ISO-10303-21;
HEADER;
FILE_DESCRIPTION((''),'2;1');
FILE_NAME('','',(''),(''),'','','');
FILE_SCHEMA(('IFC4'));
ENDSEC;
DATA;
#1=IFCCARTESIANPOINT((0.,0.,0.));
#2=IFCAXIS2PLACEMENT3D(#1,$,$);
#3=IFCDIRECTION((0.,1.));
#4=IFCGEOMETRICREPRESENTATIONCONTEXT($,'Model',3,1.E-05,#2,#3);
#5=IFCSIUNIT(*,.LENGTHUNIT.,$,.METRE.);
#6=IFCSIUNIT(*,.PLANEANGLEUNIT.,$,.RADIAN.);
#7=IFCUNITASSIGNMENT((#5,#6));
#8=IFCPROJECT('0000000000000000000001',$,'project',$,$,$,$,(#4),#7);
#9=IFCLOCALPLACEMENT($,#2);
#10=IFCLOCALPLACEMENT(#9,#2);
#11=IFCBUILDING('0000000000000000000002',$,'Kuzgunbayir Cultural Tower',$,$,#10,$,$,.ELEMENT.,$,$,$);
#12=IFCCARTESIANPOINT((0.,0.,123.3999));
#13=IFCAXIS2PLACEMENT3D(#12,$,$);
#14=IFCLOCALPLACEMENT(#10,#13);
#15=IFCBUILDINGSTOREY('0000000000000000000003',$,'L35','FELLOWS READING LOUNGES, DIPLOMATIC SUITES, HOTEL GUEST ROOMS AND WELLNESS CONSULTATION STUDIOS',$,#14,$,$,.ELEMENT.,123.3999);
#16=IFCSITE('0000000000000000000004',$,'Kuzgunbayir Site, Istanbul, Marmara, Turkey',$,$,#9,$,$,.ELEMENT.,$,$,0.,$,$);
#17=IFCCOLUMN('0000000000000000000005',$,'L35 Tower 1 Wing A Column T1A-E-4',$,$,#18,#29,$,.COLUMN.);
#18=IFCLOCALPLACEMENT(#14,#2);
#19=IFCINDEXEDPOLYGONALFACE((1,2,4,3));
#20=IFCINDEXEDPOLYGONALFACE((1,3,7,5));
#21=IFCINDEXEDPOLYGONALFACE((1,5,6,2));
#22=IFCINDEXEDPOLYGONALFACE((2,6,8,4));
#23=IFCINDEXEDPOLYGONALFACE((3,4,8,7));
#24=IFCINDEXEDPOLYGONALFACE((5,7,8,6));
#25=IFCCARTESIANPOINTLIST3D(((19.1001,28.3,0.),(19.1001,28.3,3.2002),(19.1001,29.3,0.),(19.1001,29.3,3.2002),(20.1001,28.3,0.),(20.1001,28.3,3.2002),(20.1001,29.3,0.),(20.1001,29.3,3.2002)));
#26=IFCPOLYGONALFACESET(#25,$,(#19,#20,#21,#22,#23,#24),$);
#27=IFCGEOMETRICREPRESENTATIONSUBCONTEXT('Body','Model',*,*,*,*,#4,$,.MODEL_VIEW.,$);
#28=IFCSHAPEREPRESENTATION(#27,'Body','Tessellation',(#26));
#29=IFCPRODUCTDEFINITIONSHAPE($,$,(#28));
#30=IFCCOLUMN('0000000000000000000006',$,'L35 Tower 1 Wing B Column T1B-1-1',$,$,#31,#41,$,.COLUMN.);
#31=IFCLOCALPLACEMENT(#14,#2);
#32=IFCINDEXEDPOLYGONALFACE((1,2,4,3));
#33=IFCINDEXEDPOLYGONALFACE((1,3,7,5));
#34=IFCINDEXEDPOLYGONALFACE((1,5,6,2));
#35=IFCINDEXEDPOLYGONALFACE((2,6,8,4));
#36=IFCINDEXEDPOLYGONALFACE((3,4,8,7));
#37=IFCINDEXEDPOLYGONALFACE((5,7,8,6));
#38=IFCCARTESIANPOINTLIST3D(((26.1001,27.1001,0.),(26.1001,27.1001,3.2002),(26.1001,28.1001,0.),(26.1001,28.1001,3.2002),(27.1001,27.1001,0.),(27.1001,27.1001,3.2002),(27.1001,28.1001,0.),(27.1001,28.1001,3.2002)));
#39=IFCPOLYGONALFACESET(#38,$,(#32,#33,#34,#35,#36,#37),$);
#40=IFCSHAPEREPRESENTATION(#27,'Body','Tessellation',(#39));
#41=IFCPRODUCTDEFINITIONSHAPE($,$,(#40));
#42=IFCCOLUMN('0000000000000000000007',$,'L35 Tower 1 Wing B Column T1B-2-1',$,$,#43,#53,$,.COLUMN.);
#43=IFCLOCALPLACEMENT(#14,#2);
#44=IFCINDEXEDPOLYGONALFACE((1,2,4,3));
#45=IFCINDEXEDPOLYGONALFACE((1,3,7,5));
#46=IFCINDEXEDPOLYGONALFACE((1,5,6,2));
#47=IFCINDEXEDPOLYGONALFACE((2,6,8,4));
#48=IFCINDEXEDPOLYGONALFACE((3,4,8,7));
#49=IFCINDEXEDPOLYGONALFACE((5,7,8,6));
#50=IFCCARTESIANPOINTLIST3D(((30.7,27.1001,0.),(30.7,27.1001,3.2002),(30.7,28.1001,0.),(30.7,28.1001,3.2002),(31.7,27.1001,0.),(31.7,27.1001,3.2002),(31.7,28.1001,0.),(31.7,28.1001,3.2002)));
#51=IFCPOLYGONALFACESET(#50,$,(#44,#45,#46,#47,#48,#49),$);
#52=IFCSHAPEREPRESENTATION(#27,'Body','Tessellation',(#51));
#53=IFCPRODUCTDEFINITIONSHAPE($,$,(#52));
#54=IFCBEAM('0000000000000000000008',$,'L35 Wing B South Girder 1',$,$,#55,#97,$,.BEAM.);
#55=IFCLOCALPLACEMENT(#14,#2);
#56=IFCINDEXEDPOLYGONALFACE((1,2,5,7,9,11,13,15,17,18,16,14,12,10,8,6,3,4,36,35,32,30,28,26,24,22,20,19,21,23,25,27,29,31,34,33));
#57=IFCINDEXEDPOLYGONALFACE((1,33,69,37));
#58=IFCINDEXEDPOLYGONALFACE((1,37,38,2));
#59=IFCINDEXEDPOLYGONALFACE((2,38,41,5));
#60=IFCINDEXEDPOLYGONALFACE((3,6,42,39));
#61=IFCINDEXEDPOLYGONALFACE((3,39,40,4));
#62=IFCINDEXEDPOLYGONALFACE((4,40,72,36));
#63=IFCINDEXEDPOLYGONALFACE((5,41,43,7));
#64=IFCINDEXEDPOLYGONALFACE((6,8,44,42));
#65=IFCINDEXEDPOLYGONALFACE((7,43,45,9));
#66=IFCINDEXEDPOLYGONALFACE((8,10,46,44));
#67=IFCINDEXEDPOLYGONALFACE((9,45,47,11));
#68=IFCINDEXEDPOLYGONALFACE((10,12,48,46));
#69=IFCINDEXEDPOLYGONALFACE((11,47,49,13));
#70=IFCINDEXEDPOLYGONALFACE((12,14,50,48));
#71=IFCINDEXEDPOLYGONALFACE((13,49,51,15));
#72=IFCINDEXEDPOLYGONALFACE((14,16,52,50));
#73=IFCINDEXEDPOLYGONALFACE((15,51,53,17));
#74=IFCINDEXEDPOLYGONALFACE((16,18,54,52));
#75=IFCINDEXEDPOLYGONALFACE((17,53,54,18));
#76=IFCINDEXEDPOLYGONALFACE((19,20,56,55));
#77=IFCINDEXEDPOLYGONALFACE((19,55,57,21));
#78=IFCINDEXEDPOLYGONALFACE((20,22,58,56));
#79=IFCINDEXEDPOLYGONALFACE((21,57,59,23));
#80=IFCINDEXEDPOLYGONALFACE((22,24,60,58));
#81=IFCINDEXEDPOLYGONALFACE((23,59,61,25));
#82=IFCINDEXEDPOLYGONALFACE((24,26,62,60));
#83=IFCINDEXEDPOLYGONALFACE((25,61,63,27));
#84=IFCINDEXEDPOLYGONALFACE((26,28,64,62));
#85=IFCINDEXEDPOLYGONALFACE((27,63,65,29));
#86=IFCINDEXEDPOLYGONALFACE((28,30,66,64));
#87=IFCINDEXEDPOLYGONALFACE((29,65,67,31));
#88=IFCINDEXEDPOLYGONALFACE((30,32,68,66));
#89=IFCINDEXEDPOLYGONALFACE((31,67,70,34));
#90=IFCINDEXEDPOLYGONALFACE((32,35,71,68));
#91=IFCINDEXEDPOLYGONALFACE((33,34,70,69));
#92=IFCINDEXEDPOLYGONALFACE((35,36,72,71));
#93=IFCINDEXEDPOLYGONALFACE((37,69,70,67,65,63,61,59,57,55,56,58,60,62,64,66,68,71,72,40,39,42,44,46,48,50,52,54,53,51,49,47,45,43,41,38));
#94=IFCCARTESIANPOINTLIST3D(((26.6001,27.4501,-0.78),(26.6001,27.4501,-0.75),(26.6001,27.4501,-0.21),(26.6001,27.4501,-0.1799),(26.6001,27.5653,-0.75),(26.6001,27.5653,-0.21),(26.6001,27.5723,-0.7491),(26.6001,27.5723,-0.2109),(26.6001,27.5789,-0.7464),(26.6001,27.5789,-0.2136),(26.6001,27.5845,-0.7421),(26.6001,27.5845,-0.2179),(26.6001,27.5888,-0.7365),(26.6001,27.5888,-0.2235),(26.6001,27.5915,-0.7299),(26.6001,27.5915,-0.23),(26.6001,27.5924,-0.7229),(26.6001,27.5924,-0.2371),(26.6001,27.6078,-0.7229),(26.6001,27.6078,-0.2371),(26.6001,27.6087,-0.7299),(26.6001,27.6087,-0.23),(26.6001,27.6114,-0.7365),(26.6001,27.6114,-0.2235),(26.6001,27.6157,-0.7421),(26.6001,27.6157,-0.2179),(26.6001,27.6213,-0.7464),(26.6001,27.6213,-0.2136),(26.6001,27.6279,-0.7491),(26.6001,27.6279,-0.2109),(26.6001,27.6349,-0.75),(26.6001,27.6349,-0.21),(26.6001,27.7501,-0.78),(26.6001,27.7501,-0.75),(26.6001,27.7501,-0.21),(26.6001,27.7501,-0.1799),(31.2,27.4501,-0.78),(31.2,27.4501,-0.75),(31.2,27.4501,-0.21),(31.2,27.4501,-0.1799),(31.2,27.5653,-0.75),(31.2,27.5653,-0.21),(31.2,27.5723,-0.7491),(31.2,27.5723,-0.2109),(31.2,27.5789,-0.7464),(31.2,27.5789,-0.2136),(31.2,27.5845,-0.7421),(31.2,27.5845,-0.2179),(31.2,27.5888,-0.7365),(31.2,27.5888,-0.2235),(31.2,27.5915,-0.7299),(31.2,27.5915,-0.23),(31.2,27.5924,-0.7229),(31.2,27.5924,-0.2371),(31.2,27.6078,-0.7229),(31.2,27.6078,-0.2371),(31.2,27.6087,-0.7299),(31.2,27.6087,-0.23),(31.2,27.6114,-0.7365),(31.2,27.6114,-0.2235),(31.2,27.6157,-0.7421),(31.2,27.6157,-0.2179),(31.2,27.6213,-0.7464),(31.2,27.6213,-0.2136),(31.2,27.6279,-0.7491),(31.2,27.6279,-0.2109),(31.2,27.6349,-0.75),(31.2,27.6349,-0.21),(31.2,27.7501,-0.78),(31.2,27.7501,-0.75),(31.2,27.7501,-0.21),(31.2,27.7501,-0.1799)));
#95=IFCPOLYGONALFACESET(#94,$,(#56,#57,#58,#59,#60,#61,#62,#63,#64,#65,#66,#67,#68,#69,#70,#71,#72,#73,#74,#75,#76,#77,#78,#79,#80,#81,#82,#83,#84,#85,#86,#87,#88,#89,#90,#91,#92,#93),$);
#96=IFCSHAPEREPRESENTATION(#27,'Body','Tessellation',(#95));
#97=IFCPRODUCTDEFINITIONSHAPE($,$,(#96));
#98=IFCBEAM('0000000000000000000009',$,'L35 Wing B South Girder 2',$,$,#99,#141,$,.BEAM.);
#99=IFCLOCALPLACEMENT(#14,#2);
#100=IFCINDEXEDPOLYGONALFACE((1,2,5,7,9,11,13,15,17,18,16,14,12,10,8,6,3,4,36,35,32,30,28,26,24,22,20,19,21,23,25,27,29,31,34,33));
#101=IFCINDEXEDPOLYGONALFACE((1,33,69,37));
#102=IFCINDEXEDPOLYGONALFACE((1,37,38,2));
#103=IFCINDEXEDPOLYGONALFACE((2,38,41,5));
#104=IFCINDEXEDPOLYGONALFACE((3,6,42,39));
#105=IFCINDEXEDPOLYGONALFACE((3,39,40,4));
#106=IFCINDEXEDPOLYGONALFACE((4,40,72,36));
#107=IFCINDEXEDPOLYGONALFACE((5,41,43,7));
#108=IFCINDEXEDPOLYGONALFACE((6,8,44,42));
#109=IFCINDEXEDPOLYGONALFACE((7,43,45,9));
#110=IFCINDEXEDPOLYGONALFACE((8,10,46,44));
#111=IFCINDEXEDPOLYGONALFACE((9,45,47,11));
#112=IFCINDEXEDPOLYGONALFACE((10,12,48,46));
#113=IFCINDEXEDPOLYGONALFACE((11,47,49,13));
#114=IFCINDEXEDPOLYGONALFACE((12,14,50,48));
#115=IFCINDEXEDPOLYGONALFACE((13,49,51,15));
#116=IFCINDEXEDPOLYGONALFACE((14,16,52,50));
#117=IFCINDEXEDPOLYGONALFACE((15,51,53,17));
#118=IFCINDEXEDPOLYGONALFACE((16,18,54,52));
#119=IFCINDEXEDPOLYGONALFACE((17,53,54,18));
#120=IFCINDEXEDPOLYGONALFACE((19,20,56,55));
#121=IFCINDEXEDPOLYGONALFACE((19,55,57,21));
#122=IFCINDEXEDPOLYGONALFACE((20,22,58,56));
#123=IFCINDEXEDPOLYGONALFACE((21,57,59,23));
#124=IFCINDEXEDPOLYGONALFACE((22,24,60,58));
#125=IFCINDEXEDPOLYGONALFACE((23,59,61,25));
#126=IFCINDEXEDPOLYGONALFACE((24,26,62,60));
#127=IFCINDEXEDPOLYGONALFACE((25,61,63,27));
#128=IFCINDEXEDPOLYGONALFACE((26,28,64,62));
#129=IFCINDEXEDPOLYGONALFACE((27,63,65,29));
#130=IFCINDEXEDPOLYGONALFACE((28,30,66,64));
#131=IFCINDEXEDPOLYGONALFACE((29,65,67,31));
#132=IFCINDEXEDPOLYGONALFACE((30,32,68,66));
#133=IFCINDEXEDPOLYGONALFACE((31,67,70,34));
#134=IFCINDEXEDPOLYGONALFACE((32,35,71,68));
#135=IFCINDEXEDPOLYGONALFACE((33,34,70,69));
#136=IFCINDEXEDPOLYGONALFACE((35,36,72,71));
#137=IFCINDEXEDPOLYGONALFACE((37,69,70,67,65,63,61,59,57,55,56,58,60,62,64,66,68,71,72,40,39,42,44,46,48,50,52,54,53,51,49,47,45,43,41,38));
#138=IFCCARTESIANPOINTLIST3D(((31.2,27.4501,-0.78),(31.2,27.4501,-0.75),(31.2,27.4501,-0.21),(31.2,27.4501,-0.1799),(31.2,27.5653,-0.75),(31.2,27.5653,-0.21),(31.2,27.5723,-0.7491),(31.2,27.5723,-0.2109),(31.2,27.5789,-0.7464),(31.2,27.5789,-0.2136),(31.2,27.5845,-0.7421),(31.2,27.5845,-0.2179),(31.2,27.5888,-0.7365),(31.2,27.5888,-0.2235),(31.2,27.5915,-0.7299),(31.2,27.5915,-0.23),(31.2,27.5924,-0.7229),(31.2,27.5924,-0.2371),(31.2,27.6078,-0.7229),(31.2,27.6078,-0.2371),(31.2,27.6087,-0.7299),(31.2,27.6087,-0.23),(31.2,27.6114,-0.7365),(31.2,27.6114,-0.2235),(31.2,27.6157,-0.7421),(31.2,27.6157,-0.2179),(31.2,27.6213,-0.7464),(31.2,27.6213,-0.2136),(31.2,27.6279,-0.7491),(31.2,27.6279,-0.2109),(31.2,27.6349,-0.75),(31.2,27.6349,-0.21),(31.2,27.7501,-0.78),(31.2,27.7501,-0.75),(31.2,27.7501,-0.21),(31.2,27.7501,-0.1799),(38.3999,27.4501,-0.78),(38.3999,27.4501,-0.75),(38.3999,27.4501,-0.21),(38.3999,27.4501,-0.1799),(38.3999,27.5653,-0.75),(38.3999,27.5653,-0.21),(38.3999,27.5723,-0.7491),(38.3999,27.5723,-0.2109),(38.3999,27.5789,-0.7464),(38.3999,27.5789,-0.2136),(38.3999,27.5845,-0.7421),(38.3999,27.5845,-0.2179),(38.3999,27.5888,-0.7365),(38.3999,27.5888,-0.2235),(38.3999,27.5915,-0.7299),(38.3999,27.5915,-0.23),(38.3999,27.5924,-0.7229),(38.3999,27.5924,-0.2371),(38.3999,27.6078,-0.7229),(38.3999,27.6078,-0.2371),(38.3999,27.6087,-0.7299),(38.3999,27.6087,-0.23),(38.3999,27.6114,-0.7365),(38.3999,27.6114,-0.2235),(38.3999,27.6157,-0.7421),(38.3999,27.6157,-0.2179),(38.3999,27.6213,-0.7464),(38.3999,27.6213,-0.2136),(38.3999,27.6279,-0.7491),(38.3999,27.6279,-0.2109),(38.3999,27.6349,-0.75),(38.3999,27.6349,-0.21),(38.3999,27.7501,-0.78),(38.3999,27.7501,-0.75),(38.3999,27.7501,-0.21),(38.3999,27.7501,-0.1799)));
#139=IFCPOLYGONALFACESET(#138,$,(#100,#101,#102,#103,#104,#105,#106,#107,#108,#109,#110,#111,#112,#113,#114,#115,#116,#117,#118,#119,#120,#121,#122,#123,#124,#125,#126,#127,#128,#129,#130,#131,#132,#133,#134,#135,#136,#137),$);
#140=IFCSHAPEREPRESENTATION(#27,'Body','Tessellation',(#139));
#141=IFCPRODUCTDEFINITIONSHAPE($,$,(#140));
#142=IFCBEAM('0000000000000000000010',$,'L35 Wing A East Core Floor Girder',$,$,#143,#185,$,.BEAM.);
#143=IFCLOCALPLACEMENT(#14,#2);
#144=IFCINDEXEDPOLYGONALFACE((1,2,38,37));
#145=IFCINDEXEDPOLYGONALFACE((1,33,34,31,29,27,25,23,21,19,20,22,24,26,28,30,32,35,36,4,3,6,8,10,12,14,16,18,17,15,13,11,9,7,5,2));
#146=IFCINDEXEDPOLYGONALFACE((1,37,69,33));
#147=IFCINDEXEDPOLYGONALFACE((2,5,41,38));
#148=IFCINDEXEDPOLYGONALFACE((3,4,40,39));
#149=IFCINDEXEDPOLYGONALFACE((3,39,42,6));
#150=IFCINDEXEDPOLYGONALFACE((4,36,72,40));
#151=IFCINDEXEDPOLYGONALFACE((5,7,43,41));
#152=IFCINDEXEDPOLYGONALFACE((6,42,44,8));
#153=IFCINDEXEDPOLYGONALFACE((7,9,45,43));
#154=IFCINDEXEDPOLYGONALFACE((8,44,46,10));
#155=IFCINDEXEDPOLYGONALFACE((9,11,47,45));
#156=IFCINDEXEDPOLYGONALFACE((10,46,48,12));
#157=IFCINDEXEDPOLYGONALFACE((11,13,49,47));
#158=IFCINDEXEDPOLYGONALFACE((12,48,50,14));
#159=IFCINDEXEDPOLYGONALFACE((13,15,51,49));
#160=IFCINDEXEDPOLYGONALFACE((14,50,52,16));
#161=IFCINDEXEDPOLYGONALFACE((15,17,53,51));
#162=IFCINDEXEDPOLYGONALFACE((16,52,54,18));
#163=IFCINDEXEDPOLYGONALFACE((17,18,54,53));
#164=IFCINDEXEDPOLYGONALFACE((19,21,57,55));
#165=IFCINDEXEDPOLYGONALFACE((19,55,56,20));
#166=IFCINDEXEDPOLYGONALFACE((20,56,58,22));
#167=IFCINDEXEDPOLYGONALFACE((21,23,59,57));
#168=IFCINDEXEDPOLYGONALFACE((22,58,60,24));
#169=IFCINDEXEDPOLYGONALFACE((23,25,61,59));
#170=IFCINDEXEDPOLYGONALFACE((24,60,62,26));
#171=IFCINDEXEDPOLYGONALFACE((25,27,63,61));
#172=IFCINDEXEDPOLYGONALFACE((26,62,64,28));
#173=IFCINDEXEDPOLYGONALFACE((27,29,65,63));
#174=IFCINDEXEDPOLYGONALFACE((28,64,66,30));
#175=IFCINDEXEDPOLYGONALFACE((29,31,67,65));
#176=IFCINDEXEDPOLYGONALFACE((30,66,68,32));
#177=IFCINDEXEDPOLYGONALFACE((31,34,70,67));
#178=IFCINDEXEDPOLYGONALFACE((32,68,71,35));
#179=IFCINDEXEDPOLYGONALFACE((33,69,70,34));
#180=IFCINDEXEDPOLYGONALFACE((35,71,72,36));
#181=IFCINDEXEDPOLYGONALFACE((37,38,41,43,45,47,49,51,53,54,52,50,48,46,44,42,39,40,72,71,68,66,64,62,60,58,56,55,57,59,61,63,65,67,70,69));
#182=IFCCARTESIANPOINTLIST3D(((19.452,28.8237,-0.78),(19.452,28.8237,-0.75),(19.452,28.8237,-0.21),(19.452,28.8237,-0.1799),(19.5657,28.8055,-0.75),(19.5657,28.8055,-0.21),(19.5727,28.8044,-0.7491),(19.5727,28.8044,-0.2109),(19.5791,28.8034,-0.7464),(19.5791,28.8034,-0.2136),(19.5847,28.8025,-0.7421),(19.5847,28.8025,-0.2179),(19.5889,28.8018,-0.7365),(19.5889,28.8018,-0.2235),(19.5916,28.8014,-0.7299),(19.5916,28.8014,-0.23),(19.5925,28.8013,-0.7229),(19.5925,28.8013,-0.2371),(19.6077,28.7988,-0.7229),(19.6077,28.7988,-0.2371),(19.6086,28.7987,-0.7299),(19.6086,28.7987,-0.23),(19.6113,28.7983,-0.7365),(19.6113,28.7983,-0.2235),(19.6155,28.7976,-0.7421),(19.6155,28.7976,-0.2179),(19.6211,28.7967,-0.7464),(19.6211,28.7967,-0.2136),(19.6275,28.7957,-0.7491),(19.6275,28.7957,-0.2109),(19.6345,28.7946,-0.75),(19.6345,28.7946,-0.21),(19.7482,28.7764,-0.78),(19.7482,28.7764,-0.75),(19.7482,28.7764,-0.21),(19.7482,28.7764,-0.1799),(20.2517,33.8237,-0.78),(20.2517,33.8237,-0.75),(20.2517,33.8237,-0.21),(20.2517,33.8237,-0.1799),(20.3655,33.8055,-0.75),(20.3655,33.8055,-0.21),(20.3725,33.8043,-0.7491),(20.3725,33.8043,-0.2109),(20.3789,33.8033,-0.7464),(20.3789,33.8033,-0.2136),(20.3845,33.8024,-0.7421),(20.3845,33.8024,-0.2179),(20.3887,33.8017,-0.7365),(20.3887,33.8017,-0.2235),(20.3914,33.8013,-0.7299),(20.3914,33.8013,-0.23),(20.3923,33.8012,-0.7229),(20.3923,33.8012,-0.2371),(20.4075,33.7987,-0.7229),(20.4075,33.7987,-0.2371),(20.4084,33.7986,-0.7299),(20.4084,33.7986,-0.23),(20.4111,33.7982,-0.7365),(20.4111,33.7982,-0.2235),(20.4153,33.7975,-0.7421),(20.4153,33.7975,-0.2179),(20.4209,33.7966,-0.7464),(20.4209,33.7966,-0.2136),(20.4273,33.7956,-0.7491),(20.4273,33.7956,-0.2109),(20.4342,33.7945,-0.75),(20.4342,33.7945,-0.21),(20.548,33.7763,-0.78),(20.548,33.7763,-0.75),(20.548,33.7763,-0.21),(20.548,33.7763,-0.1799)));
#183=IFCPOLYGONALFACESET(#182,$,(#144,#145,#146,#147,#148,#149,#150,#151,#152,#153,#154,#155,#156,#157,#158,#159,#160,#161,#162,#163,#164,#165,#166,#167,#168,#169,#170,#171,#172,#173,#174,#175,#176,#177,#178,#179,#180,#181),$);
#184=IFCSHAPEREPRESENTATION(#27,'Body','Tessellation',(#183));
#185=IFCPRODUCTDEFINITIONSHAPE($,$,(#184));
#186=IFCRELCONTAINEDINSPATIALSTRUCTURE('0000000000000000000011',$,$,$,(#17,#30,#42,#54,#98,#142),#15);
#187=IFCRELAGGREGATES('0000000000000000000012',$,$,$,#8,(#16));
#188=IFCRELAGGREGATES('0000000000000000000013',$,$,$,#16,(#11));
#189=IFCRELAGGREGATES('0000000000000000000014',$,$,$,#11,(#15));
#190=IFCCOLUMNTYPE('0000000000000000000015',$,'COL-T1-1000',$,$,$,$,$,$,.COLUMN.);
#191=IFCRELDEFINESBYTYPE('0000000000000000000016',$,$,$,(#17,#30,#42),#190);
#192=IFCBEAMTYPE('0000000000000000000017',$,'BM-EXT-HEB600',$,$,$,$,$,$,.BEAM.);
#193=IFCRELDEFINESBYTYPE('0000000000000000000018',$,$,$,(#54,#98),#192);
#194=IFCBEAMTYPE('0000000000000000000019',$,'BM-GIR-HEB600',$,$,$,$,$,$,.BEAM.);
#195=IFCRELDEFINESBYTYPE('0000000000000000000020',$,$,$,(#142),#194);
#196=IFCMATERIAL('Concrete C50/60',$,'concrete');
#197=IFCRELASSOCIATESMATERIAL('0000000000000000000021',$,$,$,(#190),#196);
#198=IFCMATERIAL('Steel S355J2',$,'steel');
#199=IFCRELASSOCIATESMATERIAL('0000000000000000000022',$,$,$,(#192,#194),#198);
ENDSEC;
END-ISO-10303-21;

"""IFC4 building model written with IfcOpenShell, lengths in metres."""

from ifc_helpers import new_model, si_unit, direction, frame, origin, origin_2d, place, context, subcontext, project, spatial, rectangle, i_section, extrude, material, material_profile, profile_set, type_object, element, save


model = new_model("IFC4")

# Units and contexts
model_context = context("Model", 3, precision=1e-05, world=origin(), true_north=direction((0.0, 1.0)))
body_context = subcontext(model_context, "Body", "Model", "MODEL_VIEW")
ifc_project = project(units=[si_unit("LENGTHUNIT", "METRE"), si_unit("PLANEANGLEUNIT", "RADIAN")], contexts=[model_context])

# Site, building, storey
site_placement = place(None, origin())
site = spatial("IfcSite", under=ifc_project, at=site_placement, Name="Kuzgunbayir Site, Istanbul, Marmara, Turkey", CompositionType="ELEMENT", RefElevation=0.0)
building_placement = place(site_placement, origin())
building = spatial("IfcBuilding", under=site, at=building_placement, Name="Kuzgunbayir Cultural Tower", CompositionType="ELEMENT")
storey_placement = place(building_placement, frame((0.0, 0.0, 123.3999)))
storey = spatial("IfcBuildingStorey", under=building, at=storey_placement, Name="L35", Description="FELLOWS READING LOUNGES, DIPLOMATIC SUITES, HOTEL GUEST ROOMS AND WELLNESS CONSULTATION STUDIOS", CompositionType="ELEMENT", Elevation=123.3999)

# Columns
ifc_material_1 = material(Name="Concrete C50/60", Category="concrete")
ifc_material_profile_1 = material_profile(ifc_material_1, rectangle(XDim=1.0, YDim=1.0, at=origin_2d()), Name="RC 1000x1000")
ifc_profile_set_1 = profile_set([ifc_material_profile_1], Name="Concrete C50/60")
column_type = type_object("IfcColumnType", Name="COL-T1-1000", PredefinedType="COLUMN", material=ifc_profile_set_1)
for number, where, z_axis, x_axis, name in (
    (1, (19.6001, 28.8, 0.0), (0.0, 0.0, 1.0), (1.0, 0.0, 0.0), "L35 Tower 1 Wing A Column T1A-E-4"),
    (2, (26.6001, 27.6001, 0.0), (0.0, 0.0, 1.0), (1.0, 0.0, 0.0), "L35 Tower 1 Wing B Column T1B-1-1"),
    (3, (31.2, 27.6001, 0.0), (0.0, 0.0, 1.0), (1.0, 0.0, 0.0), "L35 Tower 1 Wing B Column T1B-2-1"),
):
    element("IfcColumn", number, at=place(storey_placement, frame(where, z_axis=z_axis, x_axis=x_axis)), inside=storey, type_object=column_type, Name=name, PredefinedType="COLUMN", context=body_context, shape_type="SweptSolid", body=[
        extrude(rectangle(XDim=1.0, YDim=1.0, at=origin_2d()), origin(), (0.0, 0.0, 1.0), 3.2002),
    ])

# Beams
ifc_material_2 = material(Name="Steel S355J2", Category="steel")
ifc_material_profile_2 = material_profile(ifc_material_2, i_section(OverallWidth=0.3, OverallDepth=0.6001, WebThickness=0.0154, FlangeThickness=0.03, FilletRadius=0.0271, at=origin_2d()), Name="HEB 600")
ifc_profile_set_2 = profile_set([ifc_material_profile_2], Name="Steel S355J2")
beam_type_1 = type_object("IfcBeamType", Name="BM-EXT-HEB600", PredefinedType="BEAM", material=ifc_profile_set_2)
beam_1_placement = place(storey_placement, frame((26.6001, 27.6001, -0.48), z_axis=(1.0, 0.0, 0.0), x_axis=(0.0, 1.0, 0.0)))
element("IfcBeam", 4, at=beam_1_placement, inside=storey, type_object=beam_type_1, Name="L35 Wing B South Girder 1", PredefinedType="BEAM", context=body_context, shape_type="SweptSolid", body=[
    extrude(i_section(OverallWidth=0.3, OverallDepth=0.6001, WebThickness=0.0154, FlangeThickness=0.03, FilletRadius=0.0271, at=origin_2d()), origin(), (0.0, 0.0, 1.0), 4.5999),
])
beam_2_placement = place(storey_placement, frame((31.2, 27.6001, -0.48), z_axis=(1.0, 0.0, 0.0), x_axis=(0.0, 1.0, 0.0)))
element("IfcBeam", 5, at=beam_2_placement, inside=storey, type_object=beam_type_1, Name="L35 Wing B South Girder 2", PredefinedType="BEAM", context=body_context, shape_type="SweptSolid", body=[
    extrude(i_section(OverallWidth=0.3, OverallDepth=0.6001, WebThickness=0.0154, FlangeThickness=0.03, FilletRadius=0.0271, at=origin_2d()), origin(), (0.0, 0.0, 1.0), 7.2),
])
ifc_material_profile_3 = material_profile(ifc_material_2, i_section(OverallWidth=0.3, OverallDepth=0.6001, WebThickness=0.0154, FlangeThickness=0.03, FilletRadius=0.0271, at=origin_2d()), Name="HEB 600")
ifc_profile_set_3 = profile_set([ifc_material_profile_3], Name="Steel S355J2")
beam_type_2 = type_object("IfcBeamType", Name="BM-GIR-HEB600", PredefinedType="BEAM", material=ifc_profile_set_3)
beam_3_placement = place(storey_placement, frame((19.6001, 28.8, -0.48), z_axis=(0.157953, 0.987447, 0.0), x_axis=(-0.987447, 0.157953, 0.0)))
element("IfcBeam", 6, at=beam_3_placement, inside=storey, type_object=beam_type_2, Name="L35 Wing A East Core Floor Girder", PredefinedType="BEAM", context=body_context, shape_type="SweptSolid", body=[
    extrude(i_section(OverallWidth=0.3, OverallDepth=0.6001, WebThickness=0.0154, FlangeThickness=0.03, FilletRadius=0.0271, at=origin_2d()), origin(), (0.0, 0.0, 1.0), 5.0635),
])

save(model, "model.ifc")
